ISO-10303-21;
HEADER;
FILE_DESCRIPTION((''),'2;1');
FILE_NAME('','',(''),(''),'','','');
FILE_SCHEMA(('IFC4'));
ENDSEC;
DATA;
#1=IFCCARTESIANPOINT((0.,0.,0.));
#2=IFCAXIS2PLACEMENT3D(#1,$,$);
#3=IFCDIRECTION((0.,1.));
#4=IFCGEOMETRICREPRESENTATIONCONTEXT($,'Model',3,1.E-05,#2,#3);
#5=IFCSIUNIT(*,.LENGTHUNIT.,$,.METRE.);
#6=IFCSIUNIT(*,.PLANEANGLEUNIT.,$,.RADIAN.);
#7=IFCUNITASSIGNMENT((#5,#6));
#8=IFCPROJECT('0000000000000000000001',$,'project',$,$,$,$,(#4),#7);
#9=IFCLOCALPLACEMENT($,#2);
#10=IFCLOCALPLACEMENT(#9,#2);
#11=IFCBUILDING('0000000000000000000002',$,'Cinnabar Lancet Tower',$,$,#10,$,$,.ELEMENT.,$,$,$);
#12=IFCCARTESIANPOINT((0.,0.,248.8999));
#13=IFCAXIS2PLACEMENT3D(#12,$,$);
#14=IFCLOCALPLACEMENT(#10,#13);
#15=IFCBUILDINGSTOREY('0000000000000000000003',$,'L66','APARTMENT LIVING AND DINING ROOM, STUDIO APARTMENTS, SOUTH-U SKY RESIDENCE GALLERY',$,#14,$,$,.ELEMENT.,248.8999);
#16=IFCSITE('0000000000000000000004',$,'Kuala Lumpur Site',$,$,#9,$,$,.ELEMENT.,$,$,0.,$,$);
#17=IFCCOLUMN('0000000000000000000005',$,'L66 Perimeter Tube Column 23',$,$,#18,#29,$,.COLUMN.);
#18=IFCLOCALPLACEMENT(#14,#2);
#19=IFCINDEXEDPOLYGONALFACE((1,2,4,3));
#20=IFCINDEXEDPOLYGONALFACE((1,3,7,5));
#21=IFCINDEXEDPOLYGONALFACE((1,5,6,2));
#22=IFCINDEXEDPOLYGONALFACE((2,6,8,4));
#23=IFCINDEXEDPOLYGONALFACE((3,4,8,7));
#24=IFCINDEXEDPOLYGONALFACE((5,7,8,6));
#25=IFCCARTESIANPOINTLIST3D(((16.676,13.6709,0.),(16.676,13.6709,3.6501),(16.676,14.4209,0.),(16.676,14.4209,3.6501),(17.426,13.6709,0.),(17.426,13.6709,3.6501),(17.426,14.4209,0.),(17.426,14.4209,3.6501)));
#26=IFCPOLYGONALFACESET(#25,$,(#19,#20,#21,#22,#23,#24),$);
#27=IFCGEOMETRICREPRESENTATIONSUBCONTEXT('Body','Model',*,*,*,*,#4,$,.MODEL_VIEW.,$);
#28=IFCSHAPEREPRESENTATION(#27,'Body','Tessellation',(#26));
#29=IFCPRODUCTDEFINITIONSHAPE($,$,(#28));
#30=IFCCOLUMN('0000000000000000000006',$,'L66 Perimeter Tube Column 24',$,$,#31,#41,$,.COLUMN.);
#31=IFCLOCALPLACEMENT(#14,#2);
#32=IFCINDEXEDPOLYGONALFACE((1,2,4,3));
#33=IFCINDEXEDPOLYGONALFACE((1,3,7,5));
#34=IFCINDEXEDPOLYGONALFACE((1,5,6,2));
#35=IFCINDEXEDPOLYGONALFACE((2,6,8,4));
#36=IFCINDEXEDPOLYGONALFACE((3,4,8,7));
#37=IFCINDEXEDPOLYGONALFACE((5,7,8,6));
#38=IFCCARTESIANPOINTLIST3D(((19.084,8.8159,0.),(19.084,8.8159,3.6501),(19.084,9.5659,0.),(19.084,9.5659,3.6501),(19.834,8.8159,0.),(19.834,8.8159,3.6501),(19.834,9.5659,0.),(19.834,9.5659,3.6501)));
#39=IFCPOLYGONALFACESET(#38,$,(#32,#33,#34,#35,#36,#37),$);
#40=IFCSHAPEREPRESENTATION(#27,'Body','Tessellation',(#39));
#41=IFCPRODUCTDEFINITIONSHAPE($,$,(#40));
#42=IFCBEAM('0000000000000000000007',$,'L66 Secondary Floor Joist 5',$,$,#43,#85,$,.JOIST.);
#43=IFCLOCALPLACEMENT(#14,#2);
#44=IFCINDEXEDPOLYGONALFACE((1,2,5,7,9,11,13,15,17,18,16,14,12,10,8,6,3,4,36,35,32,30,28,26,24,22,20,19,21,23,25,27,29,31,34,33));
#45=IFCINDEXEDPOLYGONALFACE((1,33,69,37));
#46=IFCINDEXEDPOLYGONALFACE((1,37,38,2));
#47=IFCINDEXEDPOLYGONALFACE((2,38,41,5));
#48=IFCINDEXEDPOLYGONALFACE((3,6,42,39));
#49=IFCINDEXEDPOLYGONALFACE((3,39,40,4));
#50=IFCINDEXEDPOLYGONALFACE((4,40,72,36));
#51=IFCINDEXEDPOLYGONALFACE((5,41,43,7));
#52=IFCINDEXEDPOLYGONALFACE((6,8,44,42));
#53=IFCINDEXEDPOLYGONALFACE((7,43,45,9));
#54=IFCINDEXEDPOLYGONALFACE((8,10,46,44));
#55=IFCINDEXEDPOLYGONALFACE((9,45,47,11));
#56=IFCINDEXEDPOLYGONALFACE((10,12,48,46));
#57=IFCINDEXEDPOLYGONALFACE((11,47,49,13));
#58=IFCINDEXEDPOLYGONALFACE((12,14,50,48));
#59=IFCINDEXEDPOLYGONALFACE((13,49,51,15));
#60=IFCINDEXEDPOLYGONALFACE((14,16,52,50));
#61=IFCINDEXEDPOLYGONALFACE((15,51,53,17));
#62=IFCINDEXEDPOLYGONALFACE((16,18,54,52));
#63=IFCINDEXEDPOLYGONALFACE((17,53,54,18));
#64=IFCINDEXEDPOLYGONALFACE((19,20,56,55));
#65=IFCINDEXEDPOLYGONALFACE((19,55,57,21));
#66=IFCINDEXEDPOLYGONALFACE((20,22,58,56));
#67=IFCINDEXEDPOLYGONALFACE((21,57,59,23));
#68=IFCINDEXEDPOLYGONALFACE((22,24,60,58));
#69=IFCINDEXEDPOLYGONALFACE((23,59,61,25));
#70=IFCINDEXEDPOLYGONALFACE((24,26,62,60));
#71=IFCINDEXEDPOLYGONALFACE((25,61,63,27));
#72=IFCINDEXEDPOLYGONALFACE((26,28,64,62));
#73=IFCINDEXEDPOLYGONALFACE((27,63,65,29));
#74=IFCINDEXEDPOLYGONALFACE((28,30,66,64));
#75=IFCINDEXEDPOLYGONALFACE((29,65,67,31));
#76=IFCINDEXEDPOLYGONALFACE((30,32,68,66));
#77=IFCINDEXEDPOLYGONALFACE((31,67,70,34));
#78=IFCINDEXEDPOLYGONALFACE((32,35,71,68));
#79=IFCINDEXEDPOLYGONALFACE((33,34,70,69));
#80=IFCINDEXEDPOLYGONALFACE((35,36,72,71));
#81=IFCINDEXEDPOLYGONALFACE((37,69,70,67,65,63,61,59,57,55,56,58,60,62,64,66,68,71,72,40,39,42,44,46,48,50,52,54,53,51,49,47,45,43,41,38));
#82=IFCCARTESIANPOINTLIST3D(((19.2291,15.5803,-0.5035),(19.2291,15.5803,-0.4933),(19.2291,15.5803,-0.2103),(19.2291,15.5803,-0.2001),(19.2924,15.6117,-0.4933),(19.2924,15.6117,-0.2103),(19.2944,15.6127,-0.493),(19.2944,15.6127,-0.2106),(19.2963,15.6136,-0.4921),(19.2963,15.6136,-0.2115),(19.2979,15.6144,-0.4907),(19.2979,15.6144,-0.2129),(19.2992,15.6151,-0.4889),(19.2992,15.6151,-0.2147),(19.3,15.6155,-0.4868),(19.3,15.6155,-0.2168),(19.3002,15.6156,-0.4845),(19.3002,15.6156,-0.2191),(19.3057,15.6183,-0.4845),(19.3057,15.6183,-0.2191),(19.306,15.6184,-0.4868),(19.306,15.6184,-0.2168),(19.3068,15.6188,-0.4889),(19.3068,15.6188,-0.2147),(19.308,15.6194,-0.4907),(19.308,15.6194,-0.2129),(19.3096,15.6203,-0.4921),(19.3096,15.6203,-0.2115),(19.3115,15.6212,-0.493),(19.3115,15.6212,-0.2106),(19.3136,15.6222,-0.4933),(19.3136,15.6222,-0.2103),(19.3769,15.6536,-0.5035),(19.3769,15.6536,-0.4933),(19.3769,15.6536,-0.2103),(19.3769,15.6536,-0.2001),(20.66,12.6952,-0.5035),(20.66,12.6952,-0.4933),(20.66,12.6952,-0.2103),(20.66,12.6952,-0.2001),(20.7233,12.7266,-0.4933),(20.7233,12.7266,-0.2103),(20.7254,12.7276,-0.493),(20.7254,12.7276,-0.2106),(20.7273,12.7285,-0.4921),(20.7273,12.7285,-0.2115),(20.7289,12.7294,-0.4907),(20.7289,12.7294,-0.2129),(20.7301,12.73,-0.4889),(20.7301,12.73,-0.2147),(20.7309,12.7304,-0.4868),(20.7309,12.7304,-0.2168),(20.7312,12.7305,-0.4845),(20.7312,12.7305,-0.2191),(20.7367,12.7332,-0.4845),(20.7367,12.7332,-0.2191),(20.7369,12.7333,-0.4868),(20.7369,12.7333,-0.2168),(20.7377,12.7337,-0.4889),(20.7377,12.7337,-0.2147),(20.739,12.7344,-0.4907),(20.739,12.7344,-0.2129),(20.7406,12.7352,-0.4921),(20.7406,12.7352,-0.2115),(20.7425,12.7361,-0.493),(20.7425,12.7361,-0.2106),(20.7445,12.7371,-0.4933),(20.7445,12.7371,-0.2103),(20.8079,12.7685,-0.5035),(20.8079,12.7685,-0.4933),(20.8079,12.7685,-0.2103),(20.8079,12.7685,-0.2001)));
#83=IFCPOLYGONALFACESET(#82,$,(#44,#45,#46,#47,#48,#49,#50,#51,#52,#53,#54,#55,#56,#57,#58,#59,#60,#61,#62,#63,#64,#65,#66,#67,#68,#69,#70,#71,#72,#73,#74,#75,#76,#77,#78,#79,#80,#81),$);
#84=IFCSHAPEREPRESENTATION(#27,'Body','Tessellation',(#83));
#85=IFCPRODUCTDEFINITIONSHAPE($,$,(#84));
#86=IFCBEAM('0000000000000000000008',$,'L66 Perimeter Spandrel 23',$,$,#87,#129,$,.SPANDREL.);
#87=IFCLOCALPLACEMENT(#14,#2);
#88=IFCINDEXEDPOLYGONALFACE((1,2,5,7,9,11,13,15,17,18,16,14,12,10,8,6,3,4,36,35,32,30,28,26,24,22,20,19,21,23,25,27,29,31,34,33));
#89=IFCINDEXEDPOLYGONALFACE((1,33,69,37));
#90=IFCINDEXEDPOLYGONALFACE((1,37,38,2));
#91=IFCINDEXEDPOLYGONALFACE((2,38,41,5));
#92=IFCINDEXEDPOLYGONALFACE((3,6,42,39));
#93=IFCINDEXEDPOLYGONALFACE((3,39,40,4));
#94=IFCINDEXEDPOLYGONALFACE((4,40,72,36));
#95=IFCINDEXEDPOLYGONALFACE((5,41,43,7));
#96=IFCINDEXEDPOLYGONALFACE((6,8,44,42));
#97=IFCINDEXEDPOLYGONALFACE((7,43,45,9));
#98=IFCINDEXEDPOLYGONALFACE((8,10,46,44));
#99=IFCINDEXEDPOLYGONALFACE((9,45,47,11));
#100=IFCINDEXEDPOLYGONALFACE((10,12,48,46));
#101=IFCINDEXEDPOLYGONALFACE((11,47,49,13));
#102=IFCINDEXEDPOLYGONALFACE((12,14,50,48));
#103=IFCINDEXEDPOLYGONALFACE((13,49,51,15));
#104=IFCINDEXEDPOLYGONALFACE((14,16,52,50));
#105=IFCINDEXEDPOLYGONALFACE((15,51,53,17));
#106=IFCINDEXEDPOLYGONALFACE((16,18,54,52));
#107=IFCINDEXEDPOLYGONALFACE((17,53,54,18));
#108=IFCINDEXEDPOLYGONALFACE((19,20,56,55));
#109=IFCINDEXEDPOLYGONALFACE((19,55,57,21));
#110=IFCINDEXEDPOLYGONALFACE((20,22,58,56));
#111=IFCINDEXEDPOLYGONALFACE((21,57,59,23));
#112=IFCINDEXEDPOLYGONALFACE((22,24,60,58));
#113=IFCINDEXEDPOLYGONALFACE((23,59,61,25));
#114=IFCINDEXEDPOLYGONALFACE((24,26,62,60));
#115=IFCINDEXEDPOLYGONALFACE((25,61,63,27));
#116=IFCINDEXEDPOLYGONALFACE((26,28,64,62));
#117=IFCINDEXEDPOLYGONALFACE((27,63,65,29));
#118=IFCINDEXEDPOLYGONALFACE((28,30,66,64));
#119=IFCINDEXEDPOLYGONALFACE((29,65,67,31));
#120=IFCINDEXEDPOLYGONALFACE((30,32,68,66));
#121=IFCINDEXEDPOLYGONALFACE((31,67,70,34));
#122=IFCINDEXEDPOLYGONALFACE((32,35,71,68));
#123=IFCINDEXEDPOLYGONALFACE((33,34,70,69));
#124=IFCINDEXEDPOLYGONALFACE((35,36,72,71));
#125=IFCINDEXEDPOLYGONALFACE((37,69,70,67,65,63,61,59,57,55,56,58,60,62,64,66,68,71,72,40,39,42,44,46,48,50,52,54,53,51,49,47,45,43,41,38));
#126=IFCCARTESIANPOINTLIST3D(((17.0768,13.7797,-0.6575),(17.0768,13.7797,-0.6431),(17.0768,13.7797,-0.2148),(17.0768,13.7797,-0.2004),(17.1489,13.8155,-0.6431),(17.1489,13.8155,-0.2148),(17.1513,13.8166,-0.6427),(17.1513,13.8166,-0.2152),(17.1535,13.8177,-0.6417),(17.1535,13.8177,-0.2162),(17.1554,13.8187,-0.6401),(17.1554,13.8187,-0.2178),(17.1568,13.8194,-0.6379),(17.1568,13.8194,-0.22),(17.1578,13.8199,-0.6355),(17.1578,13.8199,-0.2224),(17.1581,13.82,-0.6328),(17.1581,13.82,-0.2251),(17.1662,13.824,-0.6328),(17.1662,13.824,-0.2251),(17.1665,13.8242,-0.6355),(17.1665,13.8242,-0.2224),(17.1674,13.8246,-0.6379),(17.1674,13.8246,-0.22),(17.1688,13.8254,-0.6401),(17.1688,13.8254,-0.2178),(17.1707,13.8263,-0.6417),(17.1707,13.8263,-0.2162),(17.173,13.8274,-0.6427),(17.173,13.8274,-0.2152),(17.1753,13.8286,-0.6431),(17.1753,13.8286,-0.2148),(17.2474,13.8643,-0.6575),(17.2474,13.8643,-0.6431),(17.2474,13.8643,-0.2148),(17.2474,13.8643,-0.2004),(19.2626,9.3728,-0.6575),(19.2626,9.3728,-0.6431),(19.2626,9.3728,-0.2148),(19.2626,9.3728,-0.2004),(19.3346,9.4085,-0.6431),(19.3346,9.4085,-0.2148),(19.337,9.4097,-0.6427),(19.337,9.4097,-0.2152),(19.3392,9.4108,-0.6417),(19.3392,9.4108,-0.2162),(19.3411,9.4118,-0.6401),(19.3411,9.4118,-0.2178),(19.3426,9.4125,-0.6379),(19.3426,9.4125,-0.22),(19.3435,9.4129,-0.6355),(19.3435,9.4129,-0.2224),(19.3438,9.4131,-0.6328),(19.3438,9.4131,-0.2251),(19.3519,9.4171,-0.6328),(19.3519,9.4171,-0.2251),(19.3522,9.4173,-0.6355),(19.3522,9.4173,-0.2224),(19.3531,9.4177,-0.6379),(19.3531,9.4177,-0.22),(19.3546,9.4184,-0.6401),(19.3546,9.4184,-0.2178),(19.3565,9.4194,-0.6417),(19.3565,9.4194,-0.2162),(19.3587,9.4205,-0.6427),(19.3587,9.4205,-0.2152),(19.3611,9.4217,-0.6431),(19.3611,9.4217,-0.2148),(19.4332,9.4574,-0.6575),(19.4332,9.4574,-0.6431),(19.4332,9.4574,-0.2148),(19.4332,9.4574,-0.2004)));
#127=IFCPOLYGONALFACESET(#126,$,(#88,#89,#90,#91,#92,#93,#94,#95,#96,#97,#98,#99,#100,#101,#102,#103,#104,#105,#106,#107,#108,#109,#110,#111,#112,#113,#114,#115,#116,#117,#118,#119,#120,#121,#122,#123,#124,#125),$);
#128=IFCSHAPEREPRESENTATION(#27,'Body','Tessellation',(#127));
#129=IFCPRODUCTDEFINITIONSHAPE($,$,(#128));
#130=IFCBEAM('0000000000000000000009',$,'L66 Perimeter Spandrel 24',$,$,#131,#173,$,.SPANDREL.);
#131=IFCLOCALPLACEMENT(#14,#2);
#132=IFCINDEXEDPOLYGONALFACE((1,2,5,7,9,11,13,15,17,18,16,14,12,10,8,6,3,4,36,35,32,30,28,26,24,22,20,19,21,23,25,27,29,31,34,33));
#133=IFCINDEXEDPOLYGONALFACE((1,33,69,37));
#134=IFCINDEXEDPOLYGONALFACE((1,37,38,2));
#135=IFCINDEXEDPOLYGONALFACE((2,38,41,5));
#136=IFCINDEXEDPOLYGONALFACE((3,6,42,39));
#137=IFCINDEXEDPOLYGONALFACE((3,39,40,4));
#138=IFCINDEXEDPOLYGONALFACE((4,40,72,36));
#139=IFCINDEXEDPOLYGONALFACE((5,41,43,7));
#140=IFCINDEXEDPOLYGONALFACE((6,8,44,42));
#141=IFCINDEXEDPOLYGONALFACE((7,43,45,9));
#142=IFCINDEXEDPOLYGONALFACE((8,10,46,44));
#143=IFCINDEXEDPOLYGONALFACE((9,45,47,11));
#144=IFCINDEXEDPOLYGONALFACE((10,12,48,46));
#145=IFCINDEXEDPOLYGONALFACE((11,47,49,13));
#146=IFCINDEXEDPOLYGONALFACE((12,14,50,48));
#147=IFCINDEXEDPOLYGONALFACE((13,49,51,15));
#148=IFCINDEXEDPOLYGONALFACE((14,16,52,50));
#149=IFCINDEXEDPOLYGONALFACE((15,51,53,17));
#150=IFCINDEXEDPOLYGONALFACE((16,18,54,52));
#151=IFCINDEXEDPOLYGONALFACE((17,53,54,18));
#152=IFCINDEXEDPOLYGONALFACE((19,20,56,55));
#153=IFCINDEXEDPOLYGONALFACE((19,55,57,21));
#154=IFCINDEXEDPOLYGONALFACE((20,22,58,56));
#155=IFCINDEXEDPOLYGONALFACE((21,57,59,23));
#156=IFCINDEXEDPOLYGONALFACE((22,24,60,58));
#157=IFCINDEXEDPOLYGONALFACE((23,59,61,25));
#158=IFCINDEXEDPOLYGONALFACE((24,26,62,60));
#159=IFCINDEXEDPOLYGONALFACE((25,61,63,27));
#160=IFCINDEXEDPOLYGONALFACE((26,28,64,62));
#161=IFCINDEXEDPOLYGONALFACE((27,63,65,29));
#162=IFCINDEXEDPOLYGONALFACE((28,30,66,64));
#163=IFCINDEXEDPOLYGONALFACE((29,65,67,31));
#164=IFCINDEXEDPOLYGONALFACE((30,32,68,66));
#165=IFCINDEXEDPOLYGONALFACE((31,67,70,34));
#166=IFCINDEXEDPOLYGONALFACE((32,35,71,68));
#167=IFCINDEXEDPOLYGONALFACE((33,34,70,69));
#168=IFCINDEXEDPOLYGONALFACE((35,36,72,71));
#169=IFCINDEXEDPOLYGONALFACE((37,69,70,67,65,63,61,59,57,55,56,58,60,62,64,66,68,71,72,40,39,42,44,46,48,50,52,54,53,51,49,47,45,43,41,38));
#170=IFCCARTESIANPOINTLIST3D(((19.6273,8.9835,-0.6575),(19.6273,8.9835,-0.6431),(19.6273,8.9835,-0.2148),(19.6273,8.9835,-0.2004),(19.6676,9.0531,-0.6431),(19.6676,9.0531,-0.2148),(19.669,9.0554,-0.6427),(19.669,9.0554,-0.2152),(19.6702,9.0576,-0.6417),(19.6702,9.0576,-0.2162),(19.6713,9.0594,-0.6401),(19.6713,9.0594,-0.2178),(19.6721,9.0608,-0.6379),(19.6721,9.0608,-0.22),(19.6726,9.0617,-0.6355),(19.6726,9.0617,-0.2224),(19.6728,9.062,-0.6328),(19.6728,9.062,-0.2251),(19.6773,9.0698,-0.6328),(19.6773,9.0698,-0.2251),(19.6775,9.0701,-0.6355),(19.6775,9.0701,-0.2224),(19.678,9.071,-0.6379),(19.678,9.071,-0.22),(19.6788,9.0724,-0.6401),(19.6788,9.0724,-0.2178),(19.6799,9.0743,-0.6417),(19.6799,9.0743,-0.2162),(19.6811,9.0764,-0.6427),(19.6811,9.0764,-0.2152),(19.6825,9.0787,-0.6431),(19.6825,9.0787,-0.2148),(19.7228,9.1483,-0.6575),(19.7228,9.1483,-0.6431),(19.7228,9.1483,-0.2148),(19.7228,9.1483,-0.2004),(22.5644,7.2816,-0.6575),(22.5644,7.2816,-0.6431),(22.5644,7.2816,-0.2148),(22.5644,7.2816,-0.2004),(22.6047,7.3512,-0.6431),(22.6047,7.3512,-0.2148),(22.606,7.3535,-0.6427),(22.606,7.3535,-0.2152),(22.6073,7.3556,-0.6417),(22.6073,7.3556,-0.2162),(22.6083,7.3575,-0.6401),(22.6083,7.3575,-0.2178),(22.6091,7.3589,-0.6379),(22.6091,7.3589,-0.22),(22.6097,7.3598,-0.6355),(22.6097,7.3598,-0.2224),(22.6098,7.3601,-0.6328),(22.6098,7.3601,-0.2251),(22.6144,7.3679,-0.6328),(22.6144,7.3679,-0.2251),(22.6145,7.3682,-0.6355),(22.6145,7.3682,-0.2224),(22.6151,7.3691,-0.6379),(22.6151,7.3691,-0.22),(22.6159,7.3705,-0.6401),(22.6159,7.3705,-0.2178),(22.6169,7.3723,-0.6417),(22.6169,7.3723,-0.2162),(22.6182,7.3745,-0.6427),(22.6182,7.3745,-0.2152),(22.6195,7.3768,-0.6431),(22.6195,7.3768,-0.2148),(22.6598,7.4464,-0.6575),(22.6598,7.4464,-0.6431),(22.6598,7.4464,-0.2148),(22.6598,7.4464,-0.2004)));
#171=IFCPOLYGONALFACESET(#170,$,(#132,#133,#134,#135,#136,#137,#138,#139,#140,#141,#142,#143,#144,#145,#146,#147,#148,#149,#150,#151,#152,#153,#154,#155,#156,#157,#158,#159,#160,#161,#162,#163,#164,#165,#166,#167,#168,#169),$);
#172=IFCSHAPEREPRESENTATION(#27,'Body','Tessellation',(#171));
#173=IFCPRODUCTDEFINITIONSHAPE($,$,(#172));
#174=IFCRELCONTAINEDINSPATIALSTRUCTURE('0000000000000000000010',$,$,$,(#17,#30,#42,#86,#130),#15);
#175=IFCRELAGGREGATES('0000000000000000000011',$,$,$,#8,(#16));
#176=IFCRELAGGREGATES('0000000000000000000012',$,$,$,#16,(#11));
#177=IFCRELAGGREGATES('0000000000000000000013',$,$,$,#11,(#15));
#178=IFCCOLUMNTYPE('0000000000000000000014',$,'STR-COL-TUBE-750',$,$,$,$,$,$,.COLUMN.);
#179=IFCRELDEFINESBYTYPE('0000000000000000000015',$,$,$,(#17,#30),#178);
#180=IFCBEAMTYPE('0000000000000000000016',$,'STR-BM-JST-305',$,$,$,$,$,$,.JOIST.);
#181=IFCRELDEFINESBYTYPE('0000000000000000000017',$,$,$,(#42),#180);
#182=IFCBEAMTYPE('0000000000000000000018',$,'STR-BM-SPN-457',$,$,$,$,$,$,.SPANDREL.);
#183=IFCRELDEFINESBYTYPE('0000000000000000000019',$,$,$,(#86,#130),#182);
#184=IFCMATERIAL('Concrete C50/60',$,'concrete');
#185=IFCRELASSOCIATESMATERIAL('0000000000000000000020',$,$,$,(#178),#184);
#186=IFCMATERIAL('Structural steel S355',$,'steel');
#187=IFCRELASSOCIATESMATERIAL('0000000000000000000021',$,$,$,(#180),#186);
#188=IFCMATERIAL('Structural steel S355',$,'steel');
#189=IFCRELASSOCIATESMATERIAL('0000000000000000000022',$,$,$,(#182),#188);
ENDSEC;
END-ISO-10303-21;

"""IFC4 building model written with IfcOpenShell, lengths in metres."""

from ifc_helpers import new_model, si_unit, direction, frame, origin, origin_2d, place, context, subcontext, project, spatial, rectangle, i_section, extrude, material, material_profile, profile_set, type_object, element, save


model = new_model("IFC4")

# Units and contexts
model_context = context("Model", 3, precision=1e-05, world=origin(), true_north=direction((0.0, 1.0)))
body_context = subcontext(model_context, "Body", "Model", "MODEL_VIEW")
ifc_project = project(units=[si_unit("LENGTHUNIT", "METRE"), si_unit("PLANEANGLEUNIT", "RADIAN")], contexts=[model_context])

# Site, building, storey
site_placement = place(None, origin())
site = spatial("IfcSite", under=ifc_project, at=site_placement, Name="Kuala Lumpur Site", CompositionType="ELEMENT", RefElevation=0.0)
building_placement = place(site_placement, origin())
building = spatial("IfcBuilding", under=site, at=building_placement, Name="Cinnabar Lancet Tower", CompositionType="ELEMENT")
storey_placement = place(building_placement, frame((0.0, 0.0, 248.8999)))
storey = spatial("IfcBuildingStorey", under=building, at=storey_placement, Name="L66", Description="APARTMENT LIVING AND DINING ROOM, STUDIO APARTMENTS, SOUTH-U SKY RESIDENCE GALLERY", CompositionType="ELEMENT", Elevation=248.8999)

# Columns
ifc_material_1 = material(Name="Concrete C50/60", Category="concrete")
ifc_material_profile_1 = material_profile(ifc_material_1, rectangle(XDim=0.75, YDim=0.75, at=origin_2d()), Name="RC-COL 750x750")
ifc_profile_set_1 = profile_set([ifc_material_profile_1], Name="Concrete C50/60")
column_type = type_object("IfcColumnType", Name="STR-COL-TUBE-750", PredefinedType="COLUMN", material=ifc_profile_set_1)
for number, where, z_axis, x_axis, name in (
    (1, (17.051, 14.0459, 0.0), (0.0, 0.0, 1.0), (1.0, 0.0, 0.0), "L66 Perimeter Tube Column 23"),
    (2, (19.459, 9.1909, 0.0), (0.0, 0.0, 1.0), (1.0, 0.0, 0.0), "L66 Perimeter Tube Column 24"),
):
    element("IfcColumn", number, at=place(storey_placement, frame(where, z_axis=z_axis, x_axis=x_axis)), inside=storey, type_object=column_type, Name=name, PredefinedType="COLUMN", context=body_context, shape_type="SweptSolid", body=[
        extrude(rectangle(XDim=0.75, YDim=0.75, at=origin_2d()), origin(), (0.0, 0.0, 1.0), 3.6501),
    ])

# Beams
ifc_material_2 = material(Name="Structural steel S355", Category="steel")
ifc_material_profile_2 = material_profile(ifc_material_2, i_section(OverallWidth=0.165, OverallDepth=0.3035, WebThickness=0.0061, FlangeThickness=0.0103, FilletRadius=0.0088, at=origin_2d()), Name="UKB 305x165x40")
ifc_profile_set_2 = profile_set([ifc_material_profile_2], Name="Structural steel S355")
beam_type_1 = type_object("IfcBeamType", Name="STR-BM-JST-305", PredefinedType="JOIST", material=ifc_profile_set_2)
beam_1_placement = place(storey_placement, frame((19.303, 15.6169, -0.3518), z_axis=(0.44433, -0.895863, 0.0), x_axis=(0.895863, 0.44433, 0.0)))
element("IfcBeam", 3, at=beam_1_placement, inside=storey, type_object=beam_type_1, Name="L66 Secondary Floor Joist 5", PredefinedType="JOIST", context=body_context, shape_type="SweptSolid", body=[
    extrude(i_section(OverallWidth=0.165, OverallDepth=0.3035, WebThickness=0.0061, FlangeThickness=0.0103, FilletRadius=0.0088, at=origin_2d()), origin(), (0.0, 0.0, 1.0), 3.2205),
])
ifc_material_3 = material(Name="Structural steel S355", Category="steel")
ifc_material_profile_3 = material_profile(ifc_material_3, i_section(OverallWidth=0.1904, OverallDepth=0.457, WebThickness=0.009, FlangeThickness=0.0144, FilletRadius=0.0103, at=origin_2d()), Name="UKB 457x191x74")
ifc_profile_set_3 = profile_set([ifc_material_profile_3], Name="Structural steel S355")
beam_type_2 = type_object("IfcBeamType", Name="STR-BM-SPN-457", PredefinedType="SPANDREL", material=ifc_profile_set_3)
beam_2_placement = place(storey_placement, frame((17.1621, 13.822, -0.429), z_axis=(0.444333, -0.895862, 0.0), x_axis=(0.895862, 0.444333, 0.0)))
element("IfcBeam", 4, at=beam_2_placement, inside=storey, type_object=beam_type_2, Name="L66 Perimeter Spandrel 23", PredefinedType="SPANDREL", context=body_context, shape_type="SweptSolid", body=[
    extrude(i_section(OverallWidth=0.1904, OverallDepth=0.457, WebThickness=0.009, FlangeThickness=0.0144, FilletRadius=0.0103, at=origin_2d()), origin(), (0.0, 0.0, 1.0), 4.9192),
])
beam_3_placement = place(storey_placement, frame((19.675, 9.0659, -0.429), z_axis=(0.865231, -0.501374, 0.0), x_axis=(0.501374, 0.865231, 0.0)))
element("IfcBeam", 5, at=beam_3_placement, inside=storey, type_object=beam_type_2, Name="L66 Perimeter Spandrel 24", PredefinedType="SPANDREL", context=body_context, shape_type="SweptSolid", body=[
    extrude(i_section(OverallWidth=0.1904, OverallDepth=0.457, WebThickness=0.009, FlangeThickness=0.0144, FilletRadius=0.0103, at=origin_2d()), origin(), (0.0, 0.0, 1.0), 3.3945),
])

save(model, "model.ifc")
